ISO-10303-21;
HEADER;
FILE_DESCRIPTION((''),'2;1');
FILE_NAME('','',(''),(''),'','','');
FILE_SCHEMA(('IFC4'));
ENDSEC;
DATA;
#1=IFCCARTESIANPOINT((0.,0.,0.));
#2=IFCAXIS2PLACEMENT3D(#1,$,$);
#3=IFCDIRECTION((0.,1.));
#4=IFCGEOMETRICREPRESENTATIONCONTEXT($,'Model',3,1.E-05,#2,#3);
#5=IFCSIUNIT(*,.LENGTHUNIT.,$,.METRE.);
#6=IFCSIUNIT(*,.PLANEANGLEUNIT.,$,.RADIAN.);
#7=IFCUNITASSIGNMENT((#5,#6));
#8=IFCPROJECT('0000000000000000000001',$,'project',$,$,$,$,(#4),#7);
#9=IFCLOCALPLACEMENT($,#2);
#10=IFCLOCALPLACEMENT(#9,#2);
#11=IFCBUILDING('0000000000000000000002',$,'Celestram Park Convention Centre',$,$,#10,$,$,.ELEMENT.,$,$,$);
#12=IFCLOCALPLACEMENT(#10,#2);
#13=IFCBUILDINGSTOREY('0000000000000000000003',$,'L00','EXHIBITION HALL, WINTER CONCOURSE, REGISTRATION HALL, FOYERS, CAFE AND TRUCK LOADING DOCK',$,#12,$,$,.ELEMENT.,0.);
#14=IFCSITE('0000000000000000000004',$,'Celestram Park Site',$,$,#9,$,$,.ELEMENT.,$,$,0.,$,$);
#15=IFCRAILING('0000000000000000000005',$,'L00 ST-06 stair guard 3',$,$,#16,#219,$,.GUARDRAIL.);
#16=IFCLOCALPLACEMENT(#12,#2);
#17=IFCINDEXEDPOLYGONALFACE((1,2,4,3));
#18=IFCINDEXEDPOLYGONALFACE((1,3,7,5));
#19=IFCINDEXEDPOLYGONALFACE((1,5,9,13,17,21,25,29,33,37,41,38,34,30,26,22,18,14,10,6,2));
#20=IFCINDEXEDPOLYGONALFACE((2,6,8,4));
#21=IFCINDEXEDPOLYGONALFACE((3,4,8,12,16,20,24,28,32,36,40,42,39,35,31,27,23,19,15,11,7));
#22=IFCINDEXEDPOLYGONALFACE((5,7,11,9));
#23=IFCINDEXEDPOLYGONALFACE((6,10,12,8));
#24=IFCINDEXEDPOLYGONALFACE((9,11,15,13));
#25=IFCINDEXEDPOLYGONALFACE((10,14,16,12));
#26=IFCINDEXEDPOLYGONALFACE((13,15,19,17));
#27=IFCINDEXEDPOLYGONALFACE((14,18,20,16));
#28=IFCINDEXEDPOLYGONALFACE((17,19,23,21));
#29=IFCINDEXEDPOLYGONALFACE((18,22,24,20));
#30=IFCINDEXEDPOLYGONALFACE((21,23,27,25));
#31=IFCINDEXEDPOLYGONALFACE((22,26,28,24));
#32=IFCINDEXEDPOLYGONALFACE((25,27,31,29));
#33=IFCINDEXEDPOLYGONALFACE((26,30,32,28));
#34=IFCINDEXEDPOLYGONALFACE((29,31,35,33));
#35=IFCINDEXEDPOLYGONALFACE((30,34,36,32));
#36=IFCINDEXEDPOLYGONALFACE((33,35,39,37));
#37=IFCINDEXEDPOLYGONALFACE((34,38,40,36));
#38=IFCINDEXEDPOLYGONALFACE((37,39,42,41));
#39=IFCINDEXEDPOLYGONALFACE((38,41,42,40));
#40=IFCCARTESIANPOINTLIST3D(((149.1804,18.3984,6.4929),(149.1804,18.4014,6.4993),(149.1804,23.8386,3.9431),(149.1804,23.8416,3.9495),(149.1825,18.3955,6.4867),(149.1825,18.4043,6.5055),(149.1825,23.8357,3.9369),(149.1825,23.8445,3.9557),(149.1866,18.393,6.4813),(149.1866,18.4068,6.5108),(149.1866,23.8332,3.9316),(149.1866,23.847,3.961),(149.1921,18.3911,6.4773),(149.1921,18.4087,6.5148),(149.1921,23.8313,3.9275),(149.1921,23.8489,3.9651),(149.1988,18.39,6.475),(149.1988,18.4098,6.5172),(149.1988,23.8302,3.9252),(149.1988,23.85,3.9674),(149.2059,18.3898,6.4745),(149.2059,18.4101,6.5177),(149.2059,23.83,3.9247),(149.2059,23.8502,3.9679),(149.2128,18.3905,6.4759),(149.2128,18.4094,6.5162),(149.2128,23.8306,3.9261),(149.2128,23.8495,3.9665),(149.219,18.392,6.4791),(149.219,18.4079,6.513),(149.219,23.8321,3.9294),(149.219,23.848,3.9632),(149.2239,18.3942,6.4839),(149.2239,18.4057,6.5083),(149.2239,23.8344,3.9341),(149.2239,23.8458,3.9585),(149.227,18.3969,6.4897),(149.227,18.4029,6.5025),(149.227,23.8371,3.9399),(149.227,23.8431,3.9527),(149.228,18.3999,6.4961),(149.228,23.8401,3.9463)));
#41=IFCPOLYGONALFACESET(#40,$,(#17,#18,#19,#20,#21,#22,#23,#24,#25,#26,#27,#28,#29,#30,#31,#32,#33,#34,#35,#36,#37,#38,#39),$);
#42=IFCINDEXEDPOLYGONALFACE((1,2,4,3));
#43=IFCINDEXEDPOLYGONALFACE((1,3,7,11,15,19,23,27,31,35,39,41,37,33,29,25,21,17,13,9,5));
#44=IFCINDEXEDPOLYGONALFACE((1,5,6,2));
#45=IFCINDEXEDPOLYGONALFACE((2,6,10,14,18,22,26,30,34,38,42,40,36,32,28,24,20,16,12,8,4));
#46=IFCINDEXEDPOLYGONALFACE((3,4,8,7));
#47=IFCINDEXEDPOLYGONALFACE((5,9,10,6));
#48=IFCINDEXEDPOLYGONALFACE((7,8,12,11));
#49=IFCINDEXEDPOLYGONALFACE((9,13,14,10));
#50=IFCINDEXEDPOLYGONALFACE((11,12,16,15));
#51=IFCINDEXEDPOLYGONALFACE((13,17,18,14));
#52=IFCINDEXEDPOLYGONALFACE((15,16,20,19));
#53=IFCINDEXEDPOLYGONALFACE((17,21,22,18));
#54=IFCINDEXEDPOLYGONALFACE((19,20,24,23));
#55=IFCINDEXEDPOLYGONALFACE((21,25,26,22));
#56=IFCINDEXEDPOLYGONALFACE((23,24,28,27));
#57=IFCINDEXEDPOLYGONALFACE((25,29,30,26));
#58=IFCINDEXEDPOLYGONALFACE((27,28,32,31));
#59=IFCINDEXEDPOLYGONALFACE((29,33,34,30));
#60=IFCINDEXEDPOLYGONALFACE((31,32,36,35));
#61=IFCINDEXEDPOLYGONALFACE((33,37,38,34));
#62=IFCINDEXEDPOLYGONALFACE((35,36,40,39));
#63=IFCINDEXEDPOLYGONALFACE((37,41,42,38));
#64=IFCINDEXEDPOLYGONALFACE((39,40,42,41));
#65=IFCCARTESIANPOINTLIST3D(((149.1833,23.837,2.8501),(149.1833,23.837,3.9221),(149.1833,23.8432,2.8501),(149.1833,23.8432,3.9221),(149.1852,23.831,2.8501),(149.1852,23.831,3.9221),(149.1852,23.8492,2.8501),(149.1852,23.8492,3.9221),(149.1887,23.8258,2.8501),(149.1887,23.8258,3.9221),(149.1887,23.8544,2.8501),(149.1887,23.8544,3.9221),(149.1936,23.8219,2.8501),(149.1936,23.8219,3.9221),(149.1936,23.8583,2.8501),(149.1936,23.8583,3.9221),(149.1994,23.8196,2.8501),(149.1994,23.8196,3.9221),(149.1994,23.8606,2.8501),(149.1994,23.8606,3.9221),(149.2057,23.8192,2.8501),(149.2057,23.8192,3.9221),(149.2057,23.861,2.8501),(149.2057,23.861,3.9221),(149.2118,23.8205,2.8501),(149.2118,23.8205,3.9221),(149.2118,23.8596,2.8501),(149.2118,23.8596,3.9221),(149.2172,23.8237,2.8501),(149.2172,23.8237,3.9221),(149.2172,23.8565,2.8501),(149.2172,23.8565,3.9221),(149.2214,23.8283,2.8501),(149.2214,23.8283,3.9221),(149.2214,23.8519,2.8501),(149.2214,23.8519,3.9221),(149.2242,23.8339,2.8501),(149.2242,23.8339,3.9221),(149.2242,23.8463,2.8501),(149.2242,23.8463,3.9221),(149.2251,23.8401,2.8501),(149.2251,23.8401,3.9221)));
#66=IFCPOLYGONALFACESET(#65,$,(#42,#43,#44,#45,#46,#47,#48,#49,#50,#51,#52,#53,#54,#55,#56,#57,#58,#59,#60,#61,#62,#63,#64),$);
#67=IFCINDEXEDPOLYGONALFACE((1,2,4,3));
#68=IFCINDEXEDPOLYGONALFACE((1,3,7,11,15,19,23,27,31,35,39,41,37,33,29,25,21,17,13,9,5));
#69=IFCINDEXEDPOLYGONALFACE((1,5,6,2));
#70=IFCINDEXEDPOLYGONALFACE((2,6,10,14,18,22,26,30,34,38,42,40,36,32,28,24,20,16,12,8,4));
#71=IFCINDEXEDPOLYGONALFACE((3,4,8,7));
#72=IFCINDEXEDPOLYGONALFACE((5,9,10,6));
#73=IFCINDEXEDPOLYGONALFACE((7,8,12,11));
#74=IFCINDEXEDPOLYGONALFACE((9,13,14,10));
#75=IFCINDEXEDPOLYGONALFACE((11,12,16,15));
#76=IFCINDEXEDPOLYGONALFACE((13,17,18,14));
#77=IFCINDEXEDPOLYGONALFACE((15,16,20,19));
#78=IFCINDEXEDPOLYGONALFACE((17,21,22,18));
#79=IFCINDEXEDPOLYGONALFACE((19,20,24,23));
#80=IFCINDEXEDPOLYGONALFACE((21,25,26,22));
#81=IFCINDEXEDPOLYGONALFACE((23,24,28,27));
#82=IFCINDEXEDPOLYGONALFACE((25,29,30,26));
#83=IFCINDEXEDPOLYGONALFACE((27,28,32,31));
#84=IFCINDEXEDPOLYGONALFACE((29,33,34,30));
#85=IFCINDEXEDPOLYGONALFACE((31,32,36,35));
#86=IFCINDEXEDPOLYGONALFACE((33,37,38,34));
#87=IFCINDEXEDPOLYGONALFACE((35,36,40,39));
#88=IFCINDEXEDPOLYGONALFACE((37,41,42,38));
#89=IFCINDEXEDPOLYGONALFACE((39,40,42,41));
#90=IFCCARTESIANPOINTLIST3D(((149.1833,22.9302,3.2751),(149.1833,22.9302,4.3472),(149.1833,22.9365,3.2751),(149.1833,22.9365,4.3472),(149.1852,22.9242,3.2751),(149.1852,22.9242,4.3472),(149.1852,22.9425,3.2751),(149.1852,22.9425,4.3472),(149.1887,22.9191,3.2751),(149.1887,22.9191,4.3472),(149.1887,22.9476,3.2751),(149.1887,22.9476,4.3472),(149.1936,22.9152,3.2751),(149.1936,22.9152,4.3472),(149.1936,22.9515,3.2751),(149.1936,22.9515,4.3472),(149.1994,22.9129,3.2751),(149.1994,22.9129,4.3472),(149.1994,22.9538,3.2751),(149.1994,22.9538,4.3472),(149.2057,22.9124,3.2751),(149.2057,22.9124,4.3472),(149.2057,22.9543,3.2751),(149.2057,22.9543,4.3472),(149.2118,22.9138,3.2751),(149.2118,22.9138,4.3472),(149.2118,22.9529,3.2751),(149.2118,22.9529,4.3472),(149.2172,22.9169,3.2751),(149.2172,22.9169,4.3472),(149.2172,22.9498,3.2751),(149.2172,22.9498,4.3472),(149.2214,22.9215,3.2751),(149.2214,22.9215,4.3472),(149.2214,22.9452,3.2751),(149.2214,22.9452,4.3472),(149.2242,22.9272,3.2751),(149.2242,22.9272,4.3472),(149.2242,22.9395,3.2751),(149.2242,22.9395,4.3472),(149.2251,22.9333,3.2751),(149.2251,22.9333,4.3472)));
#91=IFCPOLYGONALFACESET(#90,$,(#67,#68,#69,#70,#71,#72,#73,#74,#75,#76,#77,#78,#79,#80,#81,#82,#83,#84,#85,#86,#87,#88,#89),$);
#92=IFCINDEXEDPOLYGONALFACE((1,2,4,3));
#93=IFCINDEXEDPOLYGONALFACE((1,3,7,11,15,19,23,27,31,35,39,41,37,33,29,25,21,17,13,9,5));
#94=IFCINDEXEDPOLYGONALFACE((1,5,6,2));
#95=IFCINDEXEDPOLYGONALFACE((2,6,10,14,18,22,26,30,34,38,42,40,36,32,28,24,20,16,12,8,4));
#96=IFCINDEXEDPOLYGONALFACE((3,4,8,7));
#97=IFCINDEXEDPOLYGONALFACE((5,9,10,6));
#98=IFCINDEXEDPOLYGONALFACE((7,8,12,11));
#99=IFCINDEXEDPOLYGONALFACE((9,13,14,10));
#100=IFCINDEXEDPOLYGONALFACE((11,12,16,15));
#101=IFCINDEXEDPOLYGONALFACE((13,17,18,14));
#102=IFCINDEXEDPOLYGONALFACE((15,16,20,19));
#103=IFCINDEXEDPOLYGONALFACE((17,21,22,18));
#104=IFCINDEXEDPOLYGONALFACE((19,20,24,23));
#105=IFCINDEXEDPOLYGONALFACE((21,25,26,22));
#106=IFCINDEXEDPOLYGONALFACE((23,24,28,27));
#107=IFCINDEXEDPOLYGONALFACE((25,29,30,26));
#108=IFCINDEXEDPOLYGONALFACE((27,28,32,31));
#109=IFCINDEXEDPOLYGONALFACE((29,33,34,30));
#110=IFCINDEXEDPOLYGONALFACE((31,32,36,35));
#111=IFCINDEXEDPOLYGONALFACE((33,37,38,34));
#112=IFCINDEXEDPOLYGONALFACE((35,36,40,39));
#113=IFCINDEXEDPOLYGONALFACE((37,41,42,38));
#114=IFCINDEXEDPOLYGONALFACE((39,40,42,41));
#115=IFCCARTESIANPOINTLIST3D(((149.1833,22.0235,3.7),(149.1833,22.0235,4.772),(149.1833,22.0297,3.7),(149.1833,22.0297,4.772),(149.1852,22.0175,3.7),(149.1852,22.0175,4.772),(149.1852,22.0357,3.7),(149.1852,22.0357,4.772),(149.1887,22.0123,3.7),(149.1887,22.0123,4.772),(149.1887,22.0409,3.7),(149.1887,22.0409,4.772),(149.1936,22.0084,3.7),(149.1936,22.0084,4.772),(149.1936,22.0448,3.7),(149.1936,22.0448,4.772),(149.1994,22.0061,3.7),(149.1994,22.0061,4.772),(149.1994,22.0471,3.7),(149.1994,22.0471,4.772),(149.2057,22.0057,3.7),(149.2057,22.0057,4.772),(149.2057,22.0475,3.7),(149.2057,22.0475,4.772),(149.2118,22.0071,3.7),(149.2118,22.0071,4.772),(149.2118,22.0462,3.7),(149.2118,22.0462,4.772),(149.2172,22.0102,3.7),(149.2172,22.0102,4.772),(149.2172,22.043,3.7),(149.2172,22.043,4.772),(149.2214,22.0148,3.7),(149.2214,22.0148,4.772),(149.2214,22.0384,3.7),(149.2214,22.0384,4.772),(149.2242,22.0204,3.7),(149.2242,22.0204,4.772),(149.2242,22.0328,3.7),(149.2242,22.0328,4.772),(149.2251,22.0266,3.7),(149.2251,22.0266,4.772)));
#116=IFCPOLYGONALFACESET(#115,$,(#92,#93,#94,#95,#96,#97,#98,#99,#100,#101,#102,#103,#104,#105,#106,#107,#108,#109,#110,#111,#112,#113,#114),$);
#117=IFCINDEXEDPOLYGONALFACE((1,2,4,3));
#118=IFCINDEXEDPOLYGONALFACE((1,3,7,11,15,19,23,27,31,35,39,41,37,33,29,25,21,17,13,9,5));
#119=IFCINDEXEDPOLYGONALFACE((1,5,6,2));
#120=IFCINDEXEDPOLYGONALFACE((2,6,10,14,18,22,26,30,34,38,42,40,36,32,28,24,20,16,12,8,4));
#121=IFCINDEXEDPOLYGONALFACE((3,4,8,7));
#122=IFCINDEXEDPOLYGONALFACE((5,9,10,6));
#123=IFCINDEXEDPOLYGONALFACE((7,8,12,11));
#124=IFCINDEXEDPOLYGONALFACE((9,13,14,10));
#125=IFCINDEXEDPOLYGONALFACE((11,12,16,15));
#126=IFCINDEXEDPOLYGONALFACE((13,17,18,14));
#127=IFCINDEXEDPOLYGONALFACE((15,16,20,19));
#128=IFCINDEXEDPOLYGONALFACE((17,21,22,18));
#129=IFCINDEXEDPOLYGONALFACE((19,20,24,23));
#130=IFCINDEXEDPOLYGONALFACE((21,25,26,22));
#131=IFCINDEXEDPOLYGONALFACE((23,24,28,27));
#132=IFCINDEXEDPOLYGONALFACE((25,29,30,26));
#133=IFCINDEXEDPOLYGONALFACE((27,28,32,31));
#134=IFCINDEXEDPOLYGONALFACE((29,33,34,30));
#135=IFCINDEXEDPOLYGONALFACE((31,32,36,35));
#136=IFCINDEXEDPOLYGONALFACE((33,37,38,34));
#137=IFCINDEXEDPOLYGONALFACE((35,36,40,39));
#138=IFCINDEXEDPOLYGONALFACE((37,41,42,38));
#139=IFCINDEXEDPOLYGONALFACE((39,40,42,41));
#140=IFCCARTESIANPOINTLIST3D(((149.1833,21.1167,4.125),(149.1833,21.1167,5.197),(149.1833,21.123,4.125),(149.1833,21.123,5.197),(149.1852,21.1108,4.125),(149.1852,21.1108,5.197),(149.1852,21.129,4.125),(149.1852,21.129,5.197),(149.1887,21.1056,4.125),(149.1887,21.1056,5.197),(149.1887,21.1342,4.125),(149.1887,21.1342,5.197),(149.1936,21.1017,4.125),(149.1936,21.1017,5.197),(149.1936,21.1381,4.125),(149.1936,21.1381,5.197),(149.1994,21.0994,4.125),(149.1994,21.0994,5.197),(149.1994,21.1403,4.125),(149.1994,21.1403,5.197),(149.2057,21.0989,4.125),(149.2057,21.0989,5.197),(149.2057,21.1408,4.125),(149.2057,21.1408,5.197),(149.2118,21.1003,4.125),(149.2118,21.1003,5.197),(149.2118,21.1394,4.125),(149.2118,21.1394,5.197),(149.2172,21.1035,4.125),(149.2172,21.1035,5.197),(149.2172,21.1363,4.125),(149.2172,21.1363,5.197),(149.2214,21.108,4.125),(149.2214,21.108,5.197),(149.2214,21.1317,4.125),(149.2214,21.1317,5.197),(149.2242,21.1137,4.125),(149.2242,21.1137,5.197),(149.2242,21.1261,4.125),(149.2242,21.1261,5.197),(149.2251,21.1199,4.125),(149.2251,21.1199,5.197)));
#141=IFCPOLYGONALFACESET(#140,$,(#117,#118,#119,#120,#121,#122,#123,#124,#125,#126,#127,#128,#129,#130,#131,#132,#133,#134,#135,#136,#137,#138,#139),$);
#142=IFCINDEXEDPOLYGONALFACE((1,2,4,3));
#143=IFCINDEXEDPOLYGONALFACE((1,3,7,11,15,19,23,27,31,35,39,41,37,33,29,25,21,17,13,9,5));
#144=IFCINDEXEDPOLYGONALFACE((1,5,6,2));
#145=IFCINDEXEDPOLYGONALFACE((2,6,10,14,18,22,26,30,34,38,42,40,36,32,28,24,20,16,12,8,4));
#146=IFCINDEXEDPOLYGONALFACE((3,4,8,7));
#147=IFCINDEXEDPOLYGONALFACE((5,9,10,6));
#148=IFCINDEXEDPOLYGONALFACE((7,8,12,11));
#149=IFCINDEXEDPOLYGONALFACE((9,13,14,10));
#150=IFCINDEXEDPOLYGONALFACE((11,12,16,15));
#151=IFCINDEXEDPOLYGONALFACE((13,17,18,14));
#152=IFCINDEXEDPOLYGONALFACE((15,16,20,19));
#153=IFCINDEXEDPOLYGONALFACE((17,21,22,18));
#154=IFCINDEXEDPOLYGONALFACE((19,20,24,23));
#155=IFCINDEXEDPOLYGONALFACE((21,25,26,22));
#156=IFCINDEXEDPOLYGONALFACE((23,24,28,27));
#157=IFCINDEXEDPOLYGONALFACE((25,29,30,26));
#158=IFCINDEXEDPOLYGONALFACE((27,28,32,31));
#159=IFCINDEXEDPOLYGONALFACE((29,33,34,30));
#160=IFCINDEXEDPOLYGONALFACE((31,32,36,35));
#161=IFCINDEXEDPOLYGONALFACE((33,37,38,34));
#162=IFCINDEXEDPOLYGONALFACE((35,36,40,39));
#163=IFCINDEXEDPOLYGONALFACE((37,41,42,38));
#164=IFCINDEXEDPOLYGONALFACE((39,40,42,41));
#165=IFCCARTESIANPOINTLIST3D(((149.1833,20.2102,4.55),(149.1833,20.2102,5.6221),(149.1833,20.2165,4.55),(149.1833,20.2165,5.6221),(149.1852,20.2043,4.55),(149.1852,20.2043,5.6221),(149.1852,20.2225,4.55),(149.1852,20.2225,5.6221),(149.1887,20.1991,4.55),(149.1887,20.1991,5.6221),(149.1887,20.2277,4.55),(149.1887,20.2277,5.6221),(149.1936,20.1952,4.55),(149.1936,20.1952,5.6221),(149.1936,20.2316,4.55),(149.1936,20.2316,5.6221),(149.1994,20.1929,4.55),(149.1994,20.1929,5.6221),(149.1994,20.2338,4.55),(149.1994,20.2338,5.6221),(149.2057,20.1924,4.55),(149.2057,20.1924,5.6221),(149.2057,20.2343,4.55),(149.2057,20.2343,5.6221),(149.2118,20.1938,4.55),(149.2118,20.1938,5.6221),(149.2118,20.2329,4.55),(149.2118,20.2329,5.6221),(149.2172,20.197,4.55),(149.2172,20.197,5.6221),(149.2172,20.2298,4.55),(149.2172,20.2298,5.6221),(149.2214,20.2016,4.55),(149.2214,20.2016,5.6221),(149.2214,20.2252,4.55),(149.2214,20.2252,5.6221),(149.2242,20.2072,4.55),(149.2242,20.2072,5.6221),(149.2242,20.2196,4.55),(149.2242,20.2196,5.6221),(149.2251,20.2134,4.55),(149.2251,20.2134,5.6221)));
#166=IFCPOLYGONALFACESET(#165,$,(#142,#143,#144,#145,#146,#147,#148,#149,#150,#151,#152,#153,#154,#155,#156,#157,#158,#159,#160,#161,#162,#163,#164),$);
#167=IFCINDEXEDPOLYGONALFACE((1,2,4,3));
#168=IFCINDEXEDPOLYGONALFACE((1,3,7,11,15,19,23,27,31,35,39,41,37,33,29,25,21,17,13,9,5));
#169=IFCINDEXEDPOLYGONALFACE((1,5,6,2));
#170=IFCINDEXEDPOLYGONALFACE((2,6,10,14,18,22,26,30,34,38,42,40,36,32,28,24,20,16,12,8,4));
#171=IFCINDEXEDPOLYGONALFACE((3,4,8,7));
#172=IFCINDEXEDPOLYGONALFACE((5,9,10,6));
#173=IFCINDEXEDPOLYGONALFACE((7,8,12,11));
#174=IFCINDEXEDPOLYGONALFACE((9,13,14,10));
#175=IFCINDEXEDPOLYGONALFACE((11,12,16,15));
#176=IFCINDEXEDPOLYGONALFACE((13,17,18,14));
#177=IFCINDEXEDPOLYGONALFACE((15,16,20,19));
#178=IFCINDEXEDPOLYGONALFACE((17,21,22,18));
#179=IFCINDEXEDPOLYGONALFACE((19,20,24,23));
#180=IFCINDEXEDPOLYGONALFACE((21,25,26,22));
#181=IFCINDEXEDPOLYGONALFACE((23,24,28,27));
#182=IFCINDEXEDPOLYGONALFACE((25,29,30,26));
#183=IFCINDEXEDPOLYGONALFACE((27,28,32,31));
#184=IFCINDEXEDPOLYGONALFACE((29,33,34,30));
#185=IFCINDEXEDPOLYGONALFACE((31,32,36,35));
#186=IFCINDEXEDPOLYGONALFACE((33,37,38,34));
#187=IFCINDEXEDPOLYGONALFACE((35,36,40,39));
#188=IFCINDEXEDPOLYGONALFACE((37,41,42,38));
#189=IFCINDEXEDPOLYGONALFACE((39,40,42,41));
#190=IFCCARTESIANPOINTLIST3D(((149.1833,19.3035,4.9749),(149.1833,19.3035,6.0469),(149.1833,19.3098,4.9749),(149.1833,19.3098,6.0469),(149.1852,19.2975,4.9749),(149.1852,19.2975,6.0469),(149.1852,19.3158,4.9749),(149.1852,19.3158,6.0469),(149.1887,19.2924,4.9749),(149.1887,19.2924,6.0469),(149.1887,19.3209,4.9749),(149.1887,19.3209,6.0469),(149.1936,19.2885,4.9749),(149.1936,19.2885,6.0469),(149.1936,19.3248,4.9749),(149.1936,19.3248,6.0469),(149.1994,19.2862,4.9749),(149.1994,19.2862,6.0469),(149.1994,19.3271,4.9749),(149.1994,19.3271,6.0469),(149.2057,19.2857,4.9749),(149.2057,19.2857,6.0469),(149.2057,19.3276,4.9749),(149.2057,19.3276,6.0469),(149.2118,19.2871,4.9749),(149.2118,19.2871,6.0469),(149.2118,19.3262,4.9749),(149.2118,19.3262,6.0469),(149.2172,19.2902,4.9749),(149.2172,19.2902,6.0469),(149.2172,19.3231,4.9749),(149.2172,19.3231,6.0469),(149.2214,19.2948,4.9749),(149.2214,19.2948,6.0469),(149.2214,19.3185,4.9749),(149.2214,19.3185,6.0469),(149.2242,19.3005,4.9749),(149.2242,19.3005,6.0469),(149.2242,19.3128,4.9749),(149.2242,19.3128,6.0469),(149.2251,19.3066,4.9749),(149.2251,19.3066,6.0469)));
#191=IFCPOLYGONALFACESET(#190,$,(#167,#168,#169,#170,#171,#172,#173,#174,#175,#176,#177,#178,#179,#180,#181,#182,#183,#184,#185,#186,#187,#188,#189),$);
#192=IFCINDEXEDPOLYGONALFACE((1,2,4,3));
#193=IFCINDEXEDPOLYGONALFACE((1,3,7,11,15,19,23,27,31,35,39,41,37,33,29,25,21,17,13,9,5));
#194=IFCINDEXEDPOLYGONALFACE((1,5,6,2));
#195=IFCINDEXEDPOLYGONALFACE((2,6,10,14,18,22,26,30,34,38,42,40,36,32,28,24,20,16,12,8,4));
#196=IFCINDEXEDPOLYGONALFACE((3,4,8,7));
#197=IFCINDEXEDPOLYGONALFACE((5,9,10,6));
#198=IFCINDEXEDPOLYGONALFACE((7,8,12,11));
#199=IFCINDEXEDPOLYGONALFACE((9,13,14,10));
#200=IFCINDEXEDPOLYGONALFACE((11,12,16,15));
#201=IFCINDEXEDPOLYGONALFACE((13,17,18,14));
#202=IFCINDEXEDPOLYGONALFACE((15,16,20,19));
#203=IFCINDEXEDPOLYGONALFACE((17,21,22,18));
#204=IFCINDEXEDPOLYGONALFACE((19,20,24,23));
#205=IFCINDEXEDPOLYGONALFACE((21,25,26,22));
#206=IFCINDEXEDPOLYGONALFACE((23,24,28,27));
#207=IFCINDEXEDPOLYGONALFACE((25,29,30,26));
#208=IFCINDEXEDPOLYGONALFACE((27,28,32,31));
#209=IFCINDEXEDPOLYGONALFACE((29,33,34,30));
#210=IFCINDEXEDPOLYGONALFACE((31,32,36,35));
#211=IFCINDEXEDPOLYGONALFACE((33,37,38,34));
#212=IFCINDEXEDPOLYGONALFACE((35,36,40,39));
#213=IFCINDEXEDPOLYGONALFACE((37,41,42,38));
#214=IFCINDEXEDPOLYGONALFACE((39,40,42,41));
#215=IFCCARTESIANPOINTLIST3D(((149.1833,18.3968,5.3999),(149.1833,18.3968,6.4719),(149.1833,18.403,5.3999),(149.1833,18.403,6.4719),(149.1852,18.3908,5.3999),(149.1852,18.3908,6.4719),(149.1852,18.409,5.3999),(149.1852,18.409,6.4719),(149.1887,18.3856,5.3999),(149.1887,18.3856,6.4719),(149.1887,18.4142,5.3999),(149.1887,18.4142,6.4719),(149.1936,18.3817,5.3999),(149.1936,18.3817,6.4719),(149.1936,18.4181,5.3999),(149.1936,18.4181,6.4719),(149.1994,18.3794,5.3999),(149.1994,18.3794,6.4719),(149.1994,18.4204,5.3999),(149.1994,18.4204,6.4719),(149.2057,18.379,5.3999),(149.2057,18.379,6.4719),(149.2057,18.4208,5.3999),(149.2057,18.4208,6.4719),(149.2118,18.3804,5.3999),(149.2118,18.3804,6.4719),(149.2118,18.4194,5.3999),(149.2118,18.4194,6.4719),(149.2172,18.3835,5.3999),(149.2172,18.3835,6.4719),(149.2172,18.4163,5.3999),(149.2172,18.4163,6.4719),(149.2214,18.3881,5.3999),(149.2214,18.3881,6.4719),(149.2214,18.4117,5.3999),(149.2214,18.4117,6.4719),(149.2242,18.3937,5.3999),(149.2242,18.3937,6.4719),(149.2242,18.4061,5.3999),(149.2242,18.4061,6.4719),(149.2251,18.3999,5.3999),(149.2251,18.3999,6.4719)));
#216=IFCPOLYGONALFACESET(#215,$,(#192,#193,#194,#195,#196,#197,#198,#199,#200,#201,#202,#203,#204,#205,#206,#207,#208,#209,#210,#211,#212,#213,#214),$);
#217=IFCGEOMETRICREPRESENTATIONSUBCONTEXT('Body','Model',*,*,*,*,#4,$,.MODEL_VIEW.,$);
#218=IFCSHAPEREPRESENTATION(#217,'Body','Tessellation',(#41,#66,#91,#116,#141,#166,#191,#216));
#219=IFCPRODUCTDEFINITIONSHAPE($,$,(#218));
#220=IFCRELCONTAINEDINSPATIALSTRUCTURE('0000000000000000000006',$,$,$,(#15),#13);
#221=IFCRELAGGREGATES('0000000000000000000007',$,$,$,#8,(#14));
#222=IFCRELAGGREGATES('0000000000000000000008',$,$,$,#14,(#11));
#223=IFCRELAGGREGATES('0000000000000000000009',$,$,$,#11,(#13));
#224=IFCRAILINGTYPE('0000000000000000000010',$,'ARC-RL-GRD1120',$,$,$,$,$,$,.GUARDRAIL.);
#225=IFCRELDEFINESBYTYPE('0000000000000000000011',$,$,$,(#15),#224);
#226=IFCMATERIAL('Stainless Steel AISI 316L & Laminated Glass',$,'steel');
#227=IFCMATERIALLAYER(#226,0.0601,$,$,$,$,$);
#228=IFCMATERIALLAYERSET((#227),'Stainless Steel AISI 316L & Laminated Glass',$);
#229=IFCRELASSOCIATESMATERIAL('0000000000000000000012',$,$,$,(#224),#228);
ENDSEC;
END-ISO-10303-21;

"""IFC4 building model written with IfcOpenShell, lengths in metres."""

from ifc_helpers import new_model, si_unit, direction, frame, origin, origin_2d, place, context, subcontext, project, spatial, circle, extrude, material, layer, layer_set, type_object, element, save


model = new_model("IFC4")

# Units and contexts
model_context = context("Model", 3, precision=1e-05, world=origin(), true_north=direction((0.0, 1.0)))
body_context = subcontext(model_context, "Body", "Model", "MODEL_VIEW")
ifc_project = project(units=[si_unit("LENGTHUNIT", "METRE"), si_unit("PLANEANGLEUNIT", "RADIAN")], contexts=[model_context])

# Site, building, storey
site_placement = place(None, origin())
site = spatial("IfcSite", under=ifc_project, at=site_placement, Name="Celestram Park Site", CompositionType="ELEMENT", RefElevation=0.0)
building_placement = place(site_placement, origin())
building = spatial("IfcBuilding", under=site, at=building_placement, Name="Celestram Park Convention Centre", CompositionType="ELEMENT")
storey_placement = place(building_placement, origin())
storey = spatial("IfcBuildingStorey", under=building, at=storey_placement, Name="L00", Description="EXHIBITION HALL, WINTER CONCOURSE, REGISTRATION HALL, FOYERS, CAFE AND TRUCK LOADING DOCK", CompositionType="ELEMENT", Elevation=0.0)

# Railing
ifc_material_1 = material(Name="Stainless Steel AISI 316L & Laminated Glass", Category="steel")
ifc_layer_1 = layer(ifc_material_1, 0.0601)
ifc_layer_set_1 = layer_set([ifc_layer_1], Name="Stainless Steel AISI 316L & Laminated Glass")
railing_type_1 = type_object("IfcRailingType", Name="ARC-RL-GRD1120", PredefinedType="GUARDRAIL", material=ifc_layer_set_1)
railing_1_placement = place(storey_placement, frame((149.2041, 23.8401, 2.8501)))
element("IfcRailing", 1, at=railing_1_placement, inside=storey, type_object=railing_type_1, Name="L00 ST-06 stair guard 3", PredefinedType="GUARDRAIL", context=body_context, shape_type="SweptSolid", body=[
    extrude(circle(Radius=0.0239, at=origin_2d()), frame((0.0, 0.0, 1.0962), z_axis=(0.0, -0.905477, 0.424395), x_axis=(1.0, 0.0, 0.0)), (0.0, 0.0, 1.0), 6.0081),
    extrude(circle(Radius=0.021, at=origin_2d()), origin(), (0.0, 0.0, 1.0), 1.072),
    extrude(circle(Radius=0.021, at=origin_2d()), frame((0.0, -0.9067, 0.425)), (0.0, 0.0, 1.0), 1.072),
    extrude(circle(Radius=0.021, at=origin_2d()), frame((0.0, -1.8135, 0.8499)), (0.0, 0.0, 1.0), 1.072),
    extrude(circle(Radius=0.021, at=origin_2d()), frame((0.0, -2.7202, 1.2749)), (0.0, 0.0, 1.0), 1.072),
    extrude(circle(Radius=0.021, at=origin_2d()), frame((0.0, -3.6267, 1.7)), (0.0, 0.0, 1.0), 1.072),
    extrude(circle(Radius=0.021, at=origin_2d()), frame((0.0, -4.5334, 2.1248)), (0.0, 0.0, 1.0), 1.072),
    extrude(circle(Radius=0.021, at=origin_2d()), frame((0.0, -5.4402, 2.5498)), (0.0, 0.0, 1.0), 1.072),
])

save(model, "model.ifc")
